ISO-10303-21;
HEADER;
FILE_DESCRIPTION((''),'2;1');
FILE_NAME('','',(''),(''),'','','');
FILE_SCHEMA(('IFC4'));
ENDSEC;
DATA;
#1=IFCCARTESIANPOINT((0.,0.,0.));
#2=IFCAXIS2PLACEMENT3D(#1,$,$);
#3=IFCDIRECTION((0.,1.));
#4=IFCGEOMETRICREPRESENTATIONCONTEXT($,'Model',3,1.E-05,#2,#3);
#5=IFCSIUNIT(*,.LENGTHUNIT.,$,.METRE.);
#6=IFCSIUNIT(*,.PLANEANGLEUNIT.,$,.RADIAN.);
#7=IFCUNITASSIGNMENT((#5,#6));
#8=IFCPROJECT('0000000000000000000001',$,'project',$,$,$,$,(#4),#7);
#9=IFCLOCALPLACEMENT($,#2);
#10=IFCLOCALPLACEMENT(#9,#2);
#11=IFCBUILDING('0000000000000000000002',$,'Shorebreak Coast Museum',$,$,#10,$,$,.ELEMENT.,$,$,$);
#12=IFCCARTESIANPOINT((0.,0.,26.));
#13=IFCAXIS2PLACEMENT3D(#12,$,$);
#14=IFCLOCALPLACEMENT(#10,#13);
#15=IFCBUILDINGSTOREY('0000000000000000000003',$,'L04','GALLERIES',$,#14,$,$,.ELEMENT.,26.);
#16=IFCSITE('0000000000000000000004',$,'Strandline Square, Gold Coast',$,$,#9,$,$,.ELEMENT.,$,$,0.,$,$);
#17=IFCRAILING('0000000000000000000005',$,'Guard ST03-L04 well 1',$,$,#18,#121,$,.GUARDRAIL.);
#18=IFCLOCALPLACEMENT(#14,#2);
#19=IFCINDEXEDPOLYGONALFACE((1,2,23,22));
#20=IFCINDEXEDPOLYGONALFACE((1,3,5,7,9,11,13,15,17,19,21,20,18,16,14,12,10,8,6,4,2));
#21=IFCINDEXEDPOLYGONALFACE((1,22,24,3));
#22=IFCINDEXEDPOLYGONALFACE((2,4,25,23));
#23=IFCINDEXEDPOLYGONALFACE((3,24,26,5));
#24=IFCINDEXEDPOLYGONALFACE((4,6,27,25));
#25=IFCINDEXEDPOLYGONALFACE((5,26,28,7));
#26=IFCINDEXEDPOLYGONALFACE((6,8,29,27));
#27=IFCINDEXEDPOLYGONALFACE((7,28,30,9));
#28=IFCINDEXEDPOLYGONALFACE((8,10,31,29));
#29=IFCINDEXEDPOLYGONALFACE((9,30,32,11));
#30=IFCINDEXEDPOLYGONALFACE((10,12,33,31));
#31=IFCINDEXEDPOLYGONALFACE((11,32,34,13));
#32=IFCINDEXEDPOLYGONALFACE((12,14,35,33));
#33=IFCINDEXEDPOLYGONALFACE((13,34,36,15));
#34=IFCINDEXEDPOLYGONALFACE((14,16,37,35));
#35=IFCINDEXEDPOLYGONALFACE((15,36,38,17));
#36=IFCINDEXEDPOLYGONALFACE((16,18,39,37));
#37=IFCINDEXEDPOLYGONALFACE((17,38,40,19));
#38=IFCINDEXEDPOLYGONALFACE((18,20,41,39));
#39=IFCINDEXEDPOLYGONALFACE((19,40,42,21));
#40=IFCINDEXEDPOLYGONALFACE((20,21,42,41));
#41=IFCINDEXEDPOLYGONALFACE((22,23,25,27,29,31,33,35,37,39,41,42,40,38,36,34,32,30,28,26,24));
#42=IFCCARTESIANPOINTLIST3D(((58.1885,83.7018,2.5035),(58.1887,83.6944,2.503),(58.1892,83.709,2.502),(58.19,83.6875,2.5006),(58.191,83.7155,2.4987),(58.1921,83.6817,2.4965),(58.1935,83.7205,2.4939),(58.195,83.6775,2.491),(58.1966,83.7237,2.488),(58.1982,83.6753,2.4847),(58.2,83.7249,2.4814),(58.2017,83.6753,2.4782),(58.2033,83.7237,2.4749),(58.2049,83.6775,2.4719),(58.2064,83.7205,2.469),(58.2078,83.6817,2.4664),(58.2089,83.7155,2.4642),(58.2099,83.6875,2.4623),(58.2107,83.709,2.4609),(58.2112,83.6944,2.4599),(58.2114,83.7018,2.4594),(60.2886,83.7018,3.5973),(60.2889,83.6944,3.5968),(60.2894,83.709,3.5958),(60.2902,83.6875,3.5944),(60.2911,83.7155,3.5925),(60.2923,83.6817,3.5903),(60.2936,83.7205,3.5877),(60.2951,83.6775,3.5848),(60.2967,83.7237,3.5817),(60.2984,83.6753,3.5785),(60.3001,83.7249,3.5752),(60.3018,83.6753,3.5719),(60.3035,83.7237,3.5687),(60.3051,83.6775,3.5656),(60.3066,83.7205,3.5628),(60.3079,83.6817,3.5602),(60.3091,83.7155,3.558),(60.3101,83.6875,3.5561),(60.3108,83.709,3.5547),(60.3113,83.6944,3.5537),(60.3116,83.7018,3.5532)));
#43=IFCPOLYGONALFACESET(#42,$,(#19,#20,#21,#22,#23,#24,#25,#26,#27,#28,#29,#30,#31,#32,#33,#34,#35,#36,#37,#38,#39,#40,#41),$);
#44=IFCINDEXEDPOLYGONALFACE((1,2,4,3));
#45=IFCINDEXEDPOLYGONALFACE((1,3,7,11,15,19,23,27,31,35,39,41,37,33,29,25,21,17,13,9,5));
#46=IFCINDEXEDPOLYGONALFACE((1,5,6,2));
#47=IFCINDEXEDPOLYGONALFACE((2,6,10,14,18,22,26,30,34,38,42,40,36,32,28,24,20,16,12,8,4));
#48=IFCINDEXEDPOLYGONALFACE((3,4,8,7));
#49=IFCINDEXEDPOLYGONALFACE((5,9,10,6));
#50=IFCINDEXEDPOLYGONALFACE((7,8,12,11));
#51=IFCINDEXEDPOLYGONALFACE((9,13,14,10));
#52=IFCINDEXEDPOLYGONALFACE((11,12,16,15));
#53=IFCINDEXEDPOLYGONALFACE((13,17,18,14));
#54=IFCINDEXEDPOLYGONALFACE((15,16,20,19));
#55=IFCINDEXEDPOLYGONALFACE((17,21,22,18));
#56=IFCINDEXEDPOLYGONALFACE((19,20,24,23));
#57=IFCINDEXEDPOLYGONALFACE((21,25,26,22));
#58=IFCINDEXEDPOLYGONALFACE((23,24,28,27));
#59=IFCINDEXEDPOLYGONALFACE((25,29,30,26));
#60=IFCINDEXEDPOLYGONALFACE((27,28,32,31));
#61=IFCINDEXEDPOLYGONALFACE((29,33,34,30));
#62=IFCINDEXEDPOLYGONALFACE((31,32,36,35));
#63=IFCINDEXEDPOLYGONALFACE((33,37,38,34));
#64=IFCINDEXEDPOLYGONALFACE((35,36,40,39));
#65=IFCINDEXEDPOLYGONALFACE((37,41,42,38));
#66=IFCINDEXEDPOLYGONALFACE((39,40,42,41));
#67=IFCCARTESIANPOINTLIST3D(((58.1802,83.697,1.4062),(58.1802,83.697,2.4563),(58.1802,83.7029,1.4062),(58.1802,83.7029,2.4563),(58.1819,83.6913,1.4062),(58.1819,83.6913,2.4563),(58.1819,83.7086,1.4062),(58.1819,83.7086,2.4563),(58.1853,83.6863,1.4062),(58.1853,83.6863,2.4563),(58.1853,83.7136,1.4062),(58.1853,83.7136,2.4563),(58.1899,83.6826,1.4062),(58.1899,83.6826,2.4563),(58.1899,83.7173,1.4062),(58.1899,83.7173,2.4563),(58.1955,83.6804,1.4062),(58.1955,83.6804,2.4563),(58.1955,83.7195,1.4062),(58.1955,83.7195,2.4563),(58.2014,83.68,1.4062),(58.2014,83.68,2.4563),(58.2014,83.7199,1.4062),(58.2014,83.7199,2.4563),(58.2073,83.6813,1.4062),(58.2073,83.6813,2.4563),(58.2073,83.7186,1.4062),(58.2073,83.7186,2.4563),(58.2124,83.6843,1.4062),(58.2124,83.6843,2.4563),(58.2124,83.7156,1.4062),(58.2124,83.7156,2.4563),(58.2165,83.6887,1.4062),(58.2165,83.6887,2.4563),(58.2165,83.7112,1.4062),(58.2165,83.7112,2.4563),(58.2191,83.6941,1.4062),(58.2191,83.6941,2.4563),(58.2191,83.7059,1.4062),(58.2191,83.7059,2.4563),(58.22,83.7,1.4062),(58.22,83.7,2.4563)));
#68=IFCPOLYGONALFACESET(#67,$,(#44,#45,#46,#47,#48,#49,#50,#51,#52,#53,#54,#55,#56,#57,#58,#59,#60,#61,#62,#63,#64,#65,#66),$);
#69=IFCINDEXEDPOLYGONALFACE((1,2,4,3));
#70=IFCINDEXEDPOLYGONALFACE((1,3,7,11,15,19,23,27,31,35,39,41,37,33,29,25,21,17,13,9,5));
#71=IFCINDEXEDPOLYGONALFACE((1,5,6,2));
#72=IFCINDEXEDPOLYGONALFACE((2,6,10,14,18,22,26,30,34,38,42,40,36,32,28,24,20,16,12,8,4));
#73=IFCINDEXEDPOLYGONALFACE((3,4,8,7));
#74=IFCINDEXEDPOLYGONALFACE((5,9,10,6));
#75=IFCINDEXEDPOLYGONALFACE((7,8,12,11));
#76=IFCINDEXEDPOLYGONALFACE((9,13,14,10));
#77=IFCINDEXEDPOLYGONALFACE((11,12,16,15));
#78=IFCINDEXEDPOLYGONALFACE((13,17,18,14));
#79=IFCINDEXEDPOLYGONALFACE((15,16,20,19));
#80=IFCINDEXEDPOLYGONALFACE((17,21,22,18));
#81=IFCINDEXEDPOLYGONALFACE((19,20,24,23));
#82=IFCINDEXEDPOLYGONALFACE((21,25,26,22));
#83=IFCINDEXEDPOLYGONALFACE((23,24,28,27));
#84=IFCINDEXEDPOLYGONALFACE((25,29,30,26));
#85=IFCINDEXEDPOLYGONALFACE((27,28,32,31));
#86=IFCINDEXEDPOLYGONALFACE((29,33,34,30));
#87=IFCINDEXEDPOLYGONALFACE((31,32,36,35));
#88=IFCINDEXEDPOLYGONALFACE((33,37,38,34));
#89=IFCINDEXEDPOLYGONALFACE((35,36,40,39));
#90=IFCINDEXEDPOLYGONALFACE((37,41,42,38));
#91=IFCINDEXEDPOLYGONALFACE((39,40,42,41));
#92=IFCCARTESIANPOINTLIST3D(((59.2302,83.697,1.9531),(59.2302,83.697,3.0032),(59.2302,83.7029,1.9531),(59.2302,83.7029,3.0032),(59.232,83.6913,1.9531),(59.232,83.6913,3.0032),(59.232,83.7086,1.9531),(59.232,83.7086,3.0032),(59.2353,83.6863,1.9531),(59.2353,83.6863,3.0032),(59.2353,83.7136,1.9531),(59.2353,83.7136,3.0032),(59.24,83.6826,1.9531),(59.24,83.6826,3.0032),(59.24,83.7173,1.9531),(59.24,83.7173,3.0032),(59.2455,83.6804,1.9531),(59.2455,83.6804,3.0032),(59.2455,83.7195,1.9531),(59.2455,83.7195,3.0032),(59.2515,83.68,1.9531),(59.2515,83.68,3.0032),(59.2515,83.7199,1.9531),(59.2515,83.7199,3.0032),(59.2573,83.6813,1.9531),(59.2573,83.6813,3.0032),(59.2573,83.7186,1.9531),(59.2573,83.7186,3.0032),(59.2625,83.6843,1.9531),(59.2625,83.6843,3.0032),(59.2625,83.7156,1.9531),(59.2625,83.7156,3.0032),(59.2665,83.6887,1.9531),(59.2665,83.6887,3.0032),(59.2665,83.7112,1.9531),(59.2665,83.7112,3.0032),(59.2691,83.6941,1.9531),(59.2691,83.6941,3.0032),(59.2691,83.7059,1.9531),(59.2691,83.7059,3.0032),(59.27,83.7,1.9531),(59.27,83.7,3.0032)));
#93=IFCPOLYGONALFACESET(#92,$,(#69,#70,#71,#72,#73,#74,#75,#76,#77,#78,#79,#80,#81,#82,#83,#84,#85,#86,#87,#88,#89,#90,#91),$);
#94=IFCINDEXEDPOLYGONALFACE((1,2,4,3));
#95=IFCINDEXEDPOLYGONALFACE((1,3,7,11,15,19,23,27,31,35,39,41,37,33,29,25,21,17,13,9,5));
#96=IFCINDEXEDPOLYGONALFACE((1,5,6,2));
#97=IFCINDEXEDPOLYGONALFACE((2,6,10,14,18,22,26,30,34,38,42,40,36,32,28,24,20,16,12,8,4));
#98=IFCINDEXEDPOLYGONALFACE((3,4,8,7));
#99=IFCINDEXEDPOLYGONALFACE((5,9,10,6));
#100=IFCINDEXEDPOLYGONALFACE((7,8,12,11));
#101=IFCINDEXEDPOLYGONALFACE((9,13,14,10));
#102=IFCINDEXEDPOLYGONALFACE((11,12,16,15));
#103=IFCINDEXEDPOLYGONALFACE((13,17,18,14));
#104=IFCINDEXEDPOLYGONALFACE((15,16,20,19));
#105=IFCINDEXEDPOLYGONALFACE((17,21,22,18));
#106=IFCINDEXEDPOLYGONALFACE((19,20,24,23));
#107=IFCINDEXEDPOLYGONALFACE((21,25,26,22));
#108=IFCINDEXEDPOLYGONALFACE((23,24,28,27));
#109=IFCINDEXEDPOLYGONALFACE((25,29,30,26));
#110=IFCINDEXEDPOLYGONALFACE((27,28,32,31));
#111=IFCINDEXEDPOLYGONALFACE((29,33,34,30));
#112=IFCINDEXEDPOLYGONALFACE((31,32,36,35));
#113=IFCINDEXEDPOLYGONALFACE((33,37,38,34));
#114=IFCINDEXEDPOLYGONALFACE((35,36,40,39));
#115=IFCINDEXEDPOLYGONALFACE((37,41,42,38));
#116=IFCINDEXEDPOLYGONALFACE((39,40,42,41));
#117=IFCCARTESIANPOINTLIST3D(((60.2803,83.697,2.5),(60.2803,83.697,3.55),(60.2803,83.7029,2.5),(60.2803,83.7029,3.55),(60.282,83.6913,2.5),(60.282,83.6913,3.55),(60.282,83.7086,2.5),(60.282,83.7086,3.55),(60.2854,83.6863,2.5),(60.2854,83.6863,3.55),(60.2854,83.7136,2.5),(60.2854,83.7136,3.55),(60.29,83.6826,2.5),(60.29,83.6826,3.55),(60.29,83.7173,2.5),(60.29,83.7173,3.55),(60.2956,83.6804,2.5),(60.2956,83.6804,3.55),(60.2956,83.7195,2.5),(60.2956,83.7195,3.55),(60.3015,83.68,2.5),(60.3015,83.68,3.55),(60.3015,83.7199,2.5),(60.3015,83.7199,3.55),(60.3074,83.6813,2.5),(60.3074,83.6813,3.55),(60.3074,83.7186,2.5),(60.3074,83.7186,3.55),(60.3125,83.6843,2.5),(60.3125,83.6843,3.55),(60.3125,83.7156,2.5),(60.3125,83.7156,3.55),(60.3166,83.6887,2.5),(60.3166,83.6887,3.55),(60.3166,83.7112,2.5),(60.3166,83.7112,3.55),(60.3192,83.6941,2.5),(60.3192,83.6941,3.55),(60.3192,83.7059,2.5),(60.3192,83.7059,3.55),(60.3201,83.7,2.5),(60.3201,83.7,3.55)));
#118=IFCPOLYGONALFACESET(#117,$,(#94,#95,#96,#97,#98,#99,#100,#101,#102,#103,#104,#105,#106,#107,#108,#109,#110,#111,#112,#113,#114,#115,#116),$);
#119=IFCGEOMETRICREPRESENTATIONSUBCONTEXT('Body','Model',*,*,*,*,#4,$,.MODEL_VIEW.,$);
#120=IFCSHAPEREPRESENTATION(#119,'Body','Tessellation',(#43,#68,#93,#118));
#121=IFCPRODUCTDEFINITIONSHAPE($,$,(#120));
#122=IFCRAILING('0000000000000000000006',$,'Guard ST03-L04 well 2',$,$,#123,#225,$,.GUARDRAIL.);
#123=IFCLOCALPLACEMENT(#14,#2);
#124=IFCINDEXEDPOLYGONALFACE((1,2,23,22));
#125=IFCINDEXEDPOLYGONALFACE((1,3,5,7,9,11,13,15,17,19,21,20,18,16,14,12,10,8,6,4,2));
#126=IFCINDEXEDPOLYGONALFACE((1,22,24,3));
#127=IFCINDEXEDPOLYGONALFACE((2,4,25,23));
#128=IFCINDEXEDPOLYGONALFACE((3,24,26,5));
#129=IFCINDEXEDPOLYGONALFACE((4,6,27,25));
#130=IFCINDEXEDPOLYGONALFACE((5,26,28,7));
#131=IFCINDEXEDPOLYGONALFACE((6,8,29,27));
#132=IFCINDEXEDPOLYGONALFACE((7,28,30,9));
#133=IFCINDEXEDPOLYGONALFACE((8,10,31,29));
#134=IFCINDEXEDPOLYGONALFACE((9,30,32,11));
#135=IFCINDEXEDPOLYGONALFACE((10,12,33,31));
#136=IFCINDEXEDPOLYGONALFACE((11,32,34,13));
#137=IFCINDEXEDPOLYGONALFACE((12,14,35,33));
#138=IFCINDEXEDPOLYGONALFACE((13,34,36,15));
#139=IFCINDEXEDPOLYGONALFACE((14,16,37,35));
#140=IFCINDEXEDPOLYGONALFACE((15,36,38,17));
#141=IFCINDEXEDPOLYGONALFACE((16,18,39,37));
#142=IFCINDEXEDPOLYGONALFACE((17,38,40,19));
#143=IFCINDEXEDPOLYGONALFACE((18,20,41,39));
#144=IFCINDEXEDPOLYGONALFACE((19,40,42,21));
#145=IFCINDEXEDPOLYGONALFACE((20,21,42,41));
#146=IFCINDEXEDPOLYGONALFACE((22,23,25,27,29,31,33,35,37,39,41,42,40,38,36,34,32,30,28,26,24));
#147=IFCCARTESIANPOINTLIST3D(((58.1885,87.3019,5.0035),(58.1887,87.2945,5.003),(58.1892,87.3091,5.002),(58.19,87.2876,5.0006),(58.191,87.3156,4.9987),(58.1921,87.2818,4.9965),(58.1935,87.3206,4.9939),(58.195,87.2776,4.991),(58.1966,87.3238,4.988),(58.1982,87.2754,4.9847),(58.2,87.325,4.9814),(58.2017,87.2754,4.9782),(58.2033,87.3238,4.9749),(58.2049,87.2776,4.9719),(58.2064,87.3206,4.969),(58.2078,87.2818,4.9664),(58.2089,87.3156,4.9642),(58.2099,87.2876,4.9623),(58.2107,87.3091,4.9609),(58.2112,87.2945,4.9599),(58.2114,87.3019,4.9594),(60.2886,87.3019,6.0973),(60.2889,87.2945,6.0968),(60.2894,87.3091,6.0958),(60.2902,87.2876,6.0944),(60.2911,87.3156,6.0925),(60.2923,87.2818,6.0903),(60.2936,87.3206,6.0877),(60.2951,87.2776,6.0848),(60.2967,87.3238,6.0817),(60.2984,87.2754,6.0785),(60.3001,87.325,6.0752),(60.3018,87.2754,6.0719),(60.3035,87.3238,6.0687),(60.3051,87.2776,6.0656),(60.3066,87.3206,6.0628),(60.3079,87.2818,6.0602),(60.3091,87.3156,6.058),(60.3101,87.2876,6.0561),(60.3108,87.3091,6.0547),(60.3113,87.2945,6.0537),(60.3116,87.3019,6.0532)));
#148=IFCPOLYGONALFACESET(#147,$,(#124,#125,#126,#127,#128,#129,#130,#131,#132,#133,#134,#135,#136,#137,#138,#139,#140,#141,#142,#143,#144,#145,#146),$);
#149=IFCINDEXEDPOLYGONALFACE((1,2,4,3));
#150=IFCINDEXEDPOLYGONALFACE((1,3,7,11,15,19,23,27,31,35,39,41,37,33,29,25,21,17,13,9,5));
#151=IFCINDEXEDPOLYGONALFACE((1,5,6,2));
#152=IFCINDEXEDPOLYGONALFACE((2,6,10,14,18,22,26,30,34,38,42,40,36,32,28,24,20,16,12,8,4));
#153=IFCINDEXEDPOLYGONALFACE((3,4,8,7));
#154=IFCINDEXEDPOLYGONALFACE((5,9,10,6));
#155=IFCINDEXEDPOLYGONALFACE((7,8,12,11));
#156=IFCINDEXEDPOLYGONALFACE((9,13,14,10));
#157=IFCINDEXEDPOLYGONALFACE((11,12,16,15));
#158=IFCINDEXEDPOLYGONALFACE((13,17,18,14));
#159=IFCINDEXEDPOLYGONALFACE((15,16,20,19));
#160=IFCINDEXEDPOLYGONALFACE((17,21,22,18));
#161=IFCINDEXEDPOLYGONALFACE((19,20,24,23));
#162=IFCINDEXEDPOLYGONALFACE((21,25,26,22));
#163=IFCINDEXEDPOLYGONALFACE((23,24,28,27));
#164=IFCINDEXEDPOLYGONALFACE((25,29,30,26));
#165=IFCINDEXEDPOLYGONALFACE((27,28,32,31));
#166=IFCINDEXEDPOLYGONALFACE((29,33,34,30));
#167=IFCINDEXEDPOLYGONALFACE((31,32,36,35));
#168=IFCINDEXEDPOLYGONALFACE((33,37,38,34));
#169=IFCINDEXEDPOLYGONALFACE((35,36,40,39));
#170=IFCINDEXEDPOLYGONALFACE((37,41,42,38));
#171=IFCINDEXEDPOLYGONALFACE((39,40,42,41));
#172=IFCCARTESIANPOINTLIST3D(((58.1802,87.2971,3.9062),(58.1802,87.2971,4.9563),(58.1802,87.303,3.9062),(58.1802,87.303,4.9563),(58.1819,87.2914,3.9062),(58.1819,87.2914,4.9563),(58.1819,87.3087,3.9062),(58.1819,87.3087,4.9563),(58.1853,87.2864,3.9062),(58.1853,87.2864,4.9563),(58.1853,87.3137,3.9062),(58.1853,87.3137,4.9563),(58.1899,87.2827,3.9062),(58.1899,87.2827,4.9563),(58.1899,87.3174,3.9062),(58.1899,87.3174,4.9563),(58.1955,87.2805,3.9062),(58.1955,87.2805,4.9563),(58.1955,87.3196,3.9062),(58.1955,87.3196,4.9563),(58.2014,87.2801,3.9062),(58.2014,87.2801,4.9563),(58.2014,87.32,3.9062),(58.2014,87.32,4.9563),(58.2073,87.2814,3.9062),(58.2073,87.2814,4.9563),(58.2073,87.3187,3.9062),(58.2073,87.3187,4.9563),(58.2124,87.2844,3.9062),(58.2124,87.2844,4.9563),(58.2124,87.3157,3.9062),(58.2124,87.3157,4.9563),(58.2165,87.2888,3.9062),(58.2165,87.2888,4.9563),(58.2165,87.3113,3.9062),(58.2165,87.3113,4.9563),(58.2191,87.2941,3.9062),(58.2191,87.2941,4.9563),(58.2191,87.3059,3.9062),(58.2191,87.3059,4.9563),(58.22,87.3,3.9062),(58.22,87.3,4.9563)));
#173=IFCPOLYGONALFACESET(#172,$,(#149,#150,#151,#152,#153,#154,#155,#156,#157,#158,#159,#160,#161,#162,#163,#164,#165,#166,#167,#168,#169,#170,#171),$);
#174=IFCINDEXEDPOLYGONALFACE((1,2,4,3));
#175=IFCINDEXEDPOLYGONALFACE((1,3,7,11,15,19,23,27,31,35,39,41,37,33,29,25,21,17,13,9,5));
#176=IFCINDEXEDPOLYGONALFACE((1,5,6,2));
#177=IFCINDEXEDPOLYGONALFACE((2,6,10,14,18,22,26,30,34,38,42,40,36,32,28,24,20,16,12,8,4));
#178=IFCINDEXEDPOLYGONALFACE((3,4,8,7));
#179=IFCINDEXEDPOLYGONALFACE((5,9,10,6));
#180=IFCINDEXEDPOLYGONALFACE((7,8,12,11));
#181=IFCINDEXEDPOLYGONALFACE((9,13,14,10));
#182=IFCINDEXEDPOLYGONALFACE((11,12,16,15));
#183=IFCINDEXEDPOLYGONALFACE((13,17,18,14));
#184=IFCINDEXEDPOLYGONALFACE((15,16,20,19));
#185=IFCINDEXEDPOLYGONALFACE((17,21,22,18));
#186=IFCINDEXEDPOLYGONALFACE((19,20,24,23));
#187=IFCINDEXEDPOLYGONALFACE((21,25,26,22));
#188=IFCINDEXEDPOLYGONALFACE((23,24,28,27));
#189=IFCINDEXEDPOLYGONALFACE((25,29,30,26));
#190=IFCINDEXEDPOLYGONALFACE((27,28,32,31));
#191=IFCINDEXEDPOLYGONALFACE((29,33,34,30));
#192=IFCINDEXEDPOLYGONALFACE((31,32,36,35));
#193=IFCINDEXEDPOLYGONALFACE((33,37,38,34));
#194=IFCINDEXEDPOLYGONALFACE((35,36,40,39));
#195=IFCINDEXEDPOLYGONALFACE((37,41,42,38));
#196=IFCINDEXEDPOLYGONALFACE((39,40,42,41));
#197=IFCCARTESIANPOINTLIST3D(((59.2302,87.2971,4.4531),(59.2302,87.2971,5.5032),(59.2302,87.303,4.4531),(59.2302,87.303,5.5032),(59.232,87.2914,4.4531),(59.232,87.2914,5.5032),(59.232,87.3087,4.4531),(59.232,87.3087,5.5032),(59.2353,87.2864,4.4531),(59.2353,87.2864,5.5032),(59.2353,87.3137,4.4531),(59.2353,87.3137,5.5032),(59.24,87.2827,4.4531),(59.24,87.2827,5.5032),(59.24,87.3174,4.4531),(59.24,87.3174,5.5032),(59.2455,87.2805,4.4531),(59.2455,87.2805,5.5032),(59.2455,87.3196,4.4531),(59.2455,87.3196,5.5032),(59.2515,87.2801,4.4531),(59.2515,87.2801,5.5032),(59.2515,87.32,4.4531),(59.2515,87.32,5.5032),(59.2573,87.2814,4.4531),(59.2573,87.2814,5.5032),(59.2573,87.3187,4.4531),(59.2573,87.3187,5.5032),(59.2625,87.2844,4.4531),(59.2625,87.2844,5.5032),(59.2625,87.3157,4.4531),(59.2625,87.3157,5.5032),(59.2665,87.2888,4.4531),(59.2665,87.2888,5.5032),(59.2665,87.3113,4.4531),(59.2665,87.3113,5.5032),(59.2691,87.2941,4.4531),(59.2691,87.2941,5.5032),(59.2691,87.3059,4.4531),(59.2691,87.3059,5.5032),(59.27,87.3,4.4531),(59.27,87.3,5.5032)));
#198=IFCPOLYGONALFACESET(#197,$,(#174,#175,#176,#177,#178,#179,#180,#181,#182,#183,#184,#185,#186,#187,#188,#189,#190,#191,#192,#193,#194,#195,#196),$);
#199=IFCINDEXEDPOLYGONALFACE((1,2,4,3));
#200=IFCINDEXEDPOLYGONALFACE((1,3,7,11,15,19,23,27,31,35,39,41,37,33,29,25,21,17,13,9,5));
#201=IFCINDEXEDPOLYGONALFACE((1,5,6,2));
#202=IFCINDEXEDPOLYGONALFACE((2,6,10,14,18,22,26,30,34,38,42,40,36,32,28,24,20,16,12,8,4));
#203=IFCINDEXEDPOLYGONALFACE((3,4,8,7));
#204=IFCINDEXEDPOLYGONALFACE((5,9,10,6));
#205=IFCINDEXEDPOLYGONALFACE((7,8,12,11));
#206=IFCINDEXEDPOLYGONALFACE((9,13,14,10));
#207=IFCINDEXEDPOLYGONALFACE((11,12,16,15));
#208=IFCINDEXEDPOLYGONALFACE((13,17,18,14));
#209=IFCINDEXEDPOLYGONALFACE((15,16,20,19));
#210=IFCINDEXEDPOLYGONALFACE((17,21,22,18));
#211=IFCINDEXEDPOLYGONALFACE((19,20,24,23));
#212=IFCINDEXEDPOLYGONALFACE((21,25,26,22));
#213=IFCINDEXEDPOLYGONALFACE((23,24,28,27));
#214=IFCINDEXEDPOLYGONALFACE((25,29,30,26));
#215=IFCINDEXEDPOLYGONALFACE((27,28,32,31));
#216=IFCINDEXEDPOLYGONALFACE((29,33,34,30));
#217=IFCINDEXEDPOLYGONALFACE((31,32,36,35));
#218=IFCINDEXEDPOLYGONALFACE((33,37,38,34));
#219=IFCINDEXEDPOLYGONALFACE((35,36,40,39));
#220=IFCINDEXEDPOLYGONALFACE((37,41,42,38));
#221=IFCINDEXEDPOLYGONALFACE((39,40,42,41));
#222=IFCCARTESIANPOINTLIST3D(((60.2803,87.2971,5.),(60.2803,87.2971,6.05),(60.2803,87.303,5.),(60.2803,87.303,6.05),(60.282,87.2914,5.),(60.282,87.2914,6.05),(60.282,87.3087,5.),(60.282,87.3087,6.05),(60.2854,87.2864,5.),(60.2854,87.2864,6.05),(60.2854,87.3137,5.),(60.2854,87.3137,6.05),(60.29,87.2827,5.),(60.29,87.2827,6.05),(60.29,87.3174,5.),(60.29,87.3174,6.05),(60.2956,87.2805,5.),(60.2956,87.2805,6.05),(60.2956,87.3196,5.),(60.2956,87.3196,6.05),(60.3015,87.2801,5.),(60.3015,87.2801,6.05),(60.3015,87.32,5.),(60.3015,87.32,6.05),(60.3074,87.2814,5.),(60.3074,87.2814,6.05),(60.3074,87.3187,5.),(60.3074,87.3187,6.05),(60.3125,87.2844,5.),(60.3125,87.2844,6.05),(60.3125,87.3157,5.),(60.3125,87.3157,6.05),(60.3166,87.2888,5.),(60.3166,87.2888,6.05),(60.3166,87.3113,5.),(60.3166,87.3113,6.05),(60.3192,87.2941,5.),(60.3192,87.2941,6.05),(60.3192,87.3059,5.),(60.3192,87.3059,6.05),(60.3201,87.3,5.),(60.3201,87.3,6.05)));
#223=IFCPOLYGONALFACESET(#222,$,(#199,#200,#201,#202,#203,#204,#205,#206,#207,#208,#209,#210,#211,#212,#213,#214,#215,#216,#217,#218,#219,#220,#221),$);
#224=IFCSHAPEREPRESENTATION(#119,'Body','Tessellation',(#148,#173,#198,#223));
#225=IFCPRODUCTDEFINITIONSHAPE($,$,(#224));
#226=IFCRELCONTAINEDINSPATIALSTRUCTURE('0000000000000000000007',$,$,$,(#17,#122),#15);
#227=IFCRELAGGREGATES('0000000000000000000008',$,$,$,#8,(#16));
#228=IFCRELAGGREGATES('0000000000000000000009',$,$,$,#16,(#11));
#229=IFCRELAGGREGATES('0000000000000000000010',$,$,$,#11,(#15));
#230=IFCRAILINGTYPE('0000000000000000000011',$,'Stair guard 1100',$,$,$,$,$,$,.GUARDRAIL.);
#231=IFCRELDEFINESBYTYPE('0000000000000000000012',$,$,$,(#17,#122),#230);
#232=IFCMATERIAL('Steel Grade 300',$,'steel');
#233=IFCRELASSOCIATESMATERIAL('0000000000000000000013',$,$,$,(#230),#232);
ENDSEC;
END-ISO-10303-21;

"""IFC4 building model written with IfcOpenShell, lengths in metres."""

from ifc_helpers import new_model, si_unit, direction, frame, origin, origin_2d, place, context, subcontext, project, spatial, circle, extrude, material, type_object, element, save


model = new_model("IFC4")

# Units and contexts
model_context = context("Model", 3, precision=1e-05, world=origin(), true_north=direction((0.0, 1.0)))
body_context = subcontext(model_context, "Body", "Model", "MODEL_VIEW")
ifc_project = project(units=[si_unit("LENGTHUNIT", "METRE"), si_unit("PLANEANGLEUNIT", "RADIAN")], contexts=[model_context])

# Site, building, storey
site_placement = place(None, origin())
site = spatial("IfcSite", under=ifc_project, at=site_placement, Name="Strandline Square, Gold Coast", CompositionType="ELEMENT", RefElevation=0.0)
building_placement = place(site_placement, origin())
building = spatial("IfcBuilding", under=site, at=building_placement, Name="Shorebreak Coast Museum", CompositionType="ELEMENT")
storey_placement = place(building_placement, frame((0.0, 0.0, 26.0)))
storey = spatial("IfcBuildingStorey", under=building, at=storey_placement, Name="L04", Description="GALLERIES", CompositionType="ELEMENT", Elevation=26.0)

# Railings
ifc_material_1 = material(Name="Steel Grade 300", Category="steel")
railing_type_1 = type_object("IfcRailingType", Name="Stair guard 1100", PredefinedType="GUARDRAIL", material=ifc_material_1)
for number, where, name in (
    (1, (58.2, 83.7, 1.4062), "Guard ST03-L04 well 1"),
    (2, (58.2, 87.3, 3.9062), "Guard ST03-L04 well 2"),
):
    element("IfcRailing", number, at=place(storey_placement, frame(where)), inside=storey, type_object=railing_type_1, Name=name, PredefinedType="GUARDRAIL", context=body_context, shape_type="SweptSolid", body=[
        extrude(circle(Radius=0.0249, at=origin_2d()), frame((0.0, 0.0, 1.0752), z_axis=(0.886923, 0.0, 0.461918), x_axis=(0.0, 1.0, 0.0)), (0.0, 0.0, 1.0), 2.3679),
        extrude(circle(Radius=0.02, at=origin_2d()), origin(), (0.0, 0.0, 1.0), 1.05),
        extrude(circle(Radius=0.02, at=origin_2d()), frame((1.05, 0.0, 0.5469)), (0.0, 0.0, 1.0), 1.05),
        extrude(circle(Radius=0.02, at=origin_2d()), frame((2.1001, 0.0, 1.0938)), (0.0, 0.0, 1.0), 1.05),
    ])

save(model, "model.ifc")
